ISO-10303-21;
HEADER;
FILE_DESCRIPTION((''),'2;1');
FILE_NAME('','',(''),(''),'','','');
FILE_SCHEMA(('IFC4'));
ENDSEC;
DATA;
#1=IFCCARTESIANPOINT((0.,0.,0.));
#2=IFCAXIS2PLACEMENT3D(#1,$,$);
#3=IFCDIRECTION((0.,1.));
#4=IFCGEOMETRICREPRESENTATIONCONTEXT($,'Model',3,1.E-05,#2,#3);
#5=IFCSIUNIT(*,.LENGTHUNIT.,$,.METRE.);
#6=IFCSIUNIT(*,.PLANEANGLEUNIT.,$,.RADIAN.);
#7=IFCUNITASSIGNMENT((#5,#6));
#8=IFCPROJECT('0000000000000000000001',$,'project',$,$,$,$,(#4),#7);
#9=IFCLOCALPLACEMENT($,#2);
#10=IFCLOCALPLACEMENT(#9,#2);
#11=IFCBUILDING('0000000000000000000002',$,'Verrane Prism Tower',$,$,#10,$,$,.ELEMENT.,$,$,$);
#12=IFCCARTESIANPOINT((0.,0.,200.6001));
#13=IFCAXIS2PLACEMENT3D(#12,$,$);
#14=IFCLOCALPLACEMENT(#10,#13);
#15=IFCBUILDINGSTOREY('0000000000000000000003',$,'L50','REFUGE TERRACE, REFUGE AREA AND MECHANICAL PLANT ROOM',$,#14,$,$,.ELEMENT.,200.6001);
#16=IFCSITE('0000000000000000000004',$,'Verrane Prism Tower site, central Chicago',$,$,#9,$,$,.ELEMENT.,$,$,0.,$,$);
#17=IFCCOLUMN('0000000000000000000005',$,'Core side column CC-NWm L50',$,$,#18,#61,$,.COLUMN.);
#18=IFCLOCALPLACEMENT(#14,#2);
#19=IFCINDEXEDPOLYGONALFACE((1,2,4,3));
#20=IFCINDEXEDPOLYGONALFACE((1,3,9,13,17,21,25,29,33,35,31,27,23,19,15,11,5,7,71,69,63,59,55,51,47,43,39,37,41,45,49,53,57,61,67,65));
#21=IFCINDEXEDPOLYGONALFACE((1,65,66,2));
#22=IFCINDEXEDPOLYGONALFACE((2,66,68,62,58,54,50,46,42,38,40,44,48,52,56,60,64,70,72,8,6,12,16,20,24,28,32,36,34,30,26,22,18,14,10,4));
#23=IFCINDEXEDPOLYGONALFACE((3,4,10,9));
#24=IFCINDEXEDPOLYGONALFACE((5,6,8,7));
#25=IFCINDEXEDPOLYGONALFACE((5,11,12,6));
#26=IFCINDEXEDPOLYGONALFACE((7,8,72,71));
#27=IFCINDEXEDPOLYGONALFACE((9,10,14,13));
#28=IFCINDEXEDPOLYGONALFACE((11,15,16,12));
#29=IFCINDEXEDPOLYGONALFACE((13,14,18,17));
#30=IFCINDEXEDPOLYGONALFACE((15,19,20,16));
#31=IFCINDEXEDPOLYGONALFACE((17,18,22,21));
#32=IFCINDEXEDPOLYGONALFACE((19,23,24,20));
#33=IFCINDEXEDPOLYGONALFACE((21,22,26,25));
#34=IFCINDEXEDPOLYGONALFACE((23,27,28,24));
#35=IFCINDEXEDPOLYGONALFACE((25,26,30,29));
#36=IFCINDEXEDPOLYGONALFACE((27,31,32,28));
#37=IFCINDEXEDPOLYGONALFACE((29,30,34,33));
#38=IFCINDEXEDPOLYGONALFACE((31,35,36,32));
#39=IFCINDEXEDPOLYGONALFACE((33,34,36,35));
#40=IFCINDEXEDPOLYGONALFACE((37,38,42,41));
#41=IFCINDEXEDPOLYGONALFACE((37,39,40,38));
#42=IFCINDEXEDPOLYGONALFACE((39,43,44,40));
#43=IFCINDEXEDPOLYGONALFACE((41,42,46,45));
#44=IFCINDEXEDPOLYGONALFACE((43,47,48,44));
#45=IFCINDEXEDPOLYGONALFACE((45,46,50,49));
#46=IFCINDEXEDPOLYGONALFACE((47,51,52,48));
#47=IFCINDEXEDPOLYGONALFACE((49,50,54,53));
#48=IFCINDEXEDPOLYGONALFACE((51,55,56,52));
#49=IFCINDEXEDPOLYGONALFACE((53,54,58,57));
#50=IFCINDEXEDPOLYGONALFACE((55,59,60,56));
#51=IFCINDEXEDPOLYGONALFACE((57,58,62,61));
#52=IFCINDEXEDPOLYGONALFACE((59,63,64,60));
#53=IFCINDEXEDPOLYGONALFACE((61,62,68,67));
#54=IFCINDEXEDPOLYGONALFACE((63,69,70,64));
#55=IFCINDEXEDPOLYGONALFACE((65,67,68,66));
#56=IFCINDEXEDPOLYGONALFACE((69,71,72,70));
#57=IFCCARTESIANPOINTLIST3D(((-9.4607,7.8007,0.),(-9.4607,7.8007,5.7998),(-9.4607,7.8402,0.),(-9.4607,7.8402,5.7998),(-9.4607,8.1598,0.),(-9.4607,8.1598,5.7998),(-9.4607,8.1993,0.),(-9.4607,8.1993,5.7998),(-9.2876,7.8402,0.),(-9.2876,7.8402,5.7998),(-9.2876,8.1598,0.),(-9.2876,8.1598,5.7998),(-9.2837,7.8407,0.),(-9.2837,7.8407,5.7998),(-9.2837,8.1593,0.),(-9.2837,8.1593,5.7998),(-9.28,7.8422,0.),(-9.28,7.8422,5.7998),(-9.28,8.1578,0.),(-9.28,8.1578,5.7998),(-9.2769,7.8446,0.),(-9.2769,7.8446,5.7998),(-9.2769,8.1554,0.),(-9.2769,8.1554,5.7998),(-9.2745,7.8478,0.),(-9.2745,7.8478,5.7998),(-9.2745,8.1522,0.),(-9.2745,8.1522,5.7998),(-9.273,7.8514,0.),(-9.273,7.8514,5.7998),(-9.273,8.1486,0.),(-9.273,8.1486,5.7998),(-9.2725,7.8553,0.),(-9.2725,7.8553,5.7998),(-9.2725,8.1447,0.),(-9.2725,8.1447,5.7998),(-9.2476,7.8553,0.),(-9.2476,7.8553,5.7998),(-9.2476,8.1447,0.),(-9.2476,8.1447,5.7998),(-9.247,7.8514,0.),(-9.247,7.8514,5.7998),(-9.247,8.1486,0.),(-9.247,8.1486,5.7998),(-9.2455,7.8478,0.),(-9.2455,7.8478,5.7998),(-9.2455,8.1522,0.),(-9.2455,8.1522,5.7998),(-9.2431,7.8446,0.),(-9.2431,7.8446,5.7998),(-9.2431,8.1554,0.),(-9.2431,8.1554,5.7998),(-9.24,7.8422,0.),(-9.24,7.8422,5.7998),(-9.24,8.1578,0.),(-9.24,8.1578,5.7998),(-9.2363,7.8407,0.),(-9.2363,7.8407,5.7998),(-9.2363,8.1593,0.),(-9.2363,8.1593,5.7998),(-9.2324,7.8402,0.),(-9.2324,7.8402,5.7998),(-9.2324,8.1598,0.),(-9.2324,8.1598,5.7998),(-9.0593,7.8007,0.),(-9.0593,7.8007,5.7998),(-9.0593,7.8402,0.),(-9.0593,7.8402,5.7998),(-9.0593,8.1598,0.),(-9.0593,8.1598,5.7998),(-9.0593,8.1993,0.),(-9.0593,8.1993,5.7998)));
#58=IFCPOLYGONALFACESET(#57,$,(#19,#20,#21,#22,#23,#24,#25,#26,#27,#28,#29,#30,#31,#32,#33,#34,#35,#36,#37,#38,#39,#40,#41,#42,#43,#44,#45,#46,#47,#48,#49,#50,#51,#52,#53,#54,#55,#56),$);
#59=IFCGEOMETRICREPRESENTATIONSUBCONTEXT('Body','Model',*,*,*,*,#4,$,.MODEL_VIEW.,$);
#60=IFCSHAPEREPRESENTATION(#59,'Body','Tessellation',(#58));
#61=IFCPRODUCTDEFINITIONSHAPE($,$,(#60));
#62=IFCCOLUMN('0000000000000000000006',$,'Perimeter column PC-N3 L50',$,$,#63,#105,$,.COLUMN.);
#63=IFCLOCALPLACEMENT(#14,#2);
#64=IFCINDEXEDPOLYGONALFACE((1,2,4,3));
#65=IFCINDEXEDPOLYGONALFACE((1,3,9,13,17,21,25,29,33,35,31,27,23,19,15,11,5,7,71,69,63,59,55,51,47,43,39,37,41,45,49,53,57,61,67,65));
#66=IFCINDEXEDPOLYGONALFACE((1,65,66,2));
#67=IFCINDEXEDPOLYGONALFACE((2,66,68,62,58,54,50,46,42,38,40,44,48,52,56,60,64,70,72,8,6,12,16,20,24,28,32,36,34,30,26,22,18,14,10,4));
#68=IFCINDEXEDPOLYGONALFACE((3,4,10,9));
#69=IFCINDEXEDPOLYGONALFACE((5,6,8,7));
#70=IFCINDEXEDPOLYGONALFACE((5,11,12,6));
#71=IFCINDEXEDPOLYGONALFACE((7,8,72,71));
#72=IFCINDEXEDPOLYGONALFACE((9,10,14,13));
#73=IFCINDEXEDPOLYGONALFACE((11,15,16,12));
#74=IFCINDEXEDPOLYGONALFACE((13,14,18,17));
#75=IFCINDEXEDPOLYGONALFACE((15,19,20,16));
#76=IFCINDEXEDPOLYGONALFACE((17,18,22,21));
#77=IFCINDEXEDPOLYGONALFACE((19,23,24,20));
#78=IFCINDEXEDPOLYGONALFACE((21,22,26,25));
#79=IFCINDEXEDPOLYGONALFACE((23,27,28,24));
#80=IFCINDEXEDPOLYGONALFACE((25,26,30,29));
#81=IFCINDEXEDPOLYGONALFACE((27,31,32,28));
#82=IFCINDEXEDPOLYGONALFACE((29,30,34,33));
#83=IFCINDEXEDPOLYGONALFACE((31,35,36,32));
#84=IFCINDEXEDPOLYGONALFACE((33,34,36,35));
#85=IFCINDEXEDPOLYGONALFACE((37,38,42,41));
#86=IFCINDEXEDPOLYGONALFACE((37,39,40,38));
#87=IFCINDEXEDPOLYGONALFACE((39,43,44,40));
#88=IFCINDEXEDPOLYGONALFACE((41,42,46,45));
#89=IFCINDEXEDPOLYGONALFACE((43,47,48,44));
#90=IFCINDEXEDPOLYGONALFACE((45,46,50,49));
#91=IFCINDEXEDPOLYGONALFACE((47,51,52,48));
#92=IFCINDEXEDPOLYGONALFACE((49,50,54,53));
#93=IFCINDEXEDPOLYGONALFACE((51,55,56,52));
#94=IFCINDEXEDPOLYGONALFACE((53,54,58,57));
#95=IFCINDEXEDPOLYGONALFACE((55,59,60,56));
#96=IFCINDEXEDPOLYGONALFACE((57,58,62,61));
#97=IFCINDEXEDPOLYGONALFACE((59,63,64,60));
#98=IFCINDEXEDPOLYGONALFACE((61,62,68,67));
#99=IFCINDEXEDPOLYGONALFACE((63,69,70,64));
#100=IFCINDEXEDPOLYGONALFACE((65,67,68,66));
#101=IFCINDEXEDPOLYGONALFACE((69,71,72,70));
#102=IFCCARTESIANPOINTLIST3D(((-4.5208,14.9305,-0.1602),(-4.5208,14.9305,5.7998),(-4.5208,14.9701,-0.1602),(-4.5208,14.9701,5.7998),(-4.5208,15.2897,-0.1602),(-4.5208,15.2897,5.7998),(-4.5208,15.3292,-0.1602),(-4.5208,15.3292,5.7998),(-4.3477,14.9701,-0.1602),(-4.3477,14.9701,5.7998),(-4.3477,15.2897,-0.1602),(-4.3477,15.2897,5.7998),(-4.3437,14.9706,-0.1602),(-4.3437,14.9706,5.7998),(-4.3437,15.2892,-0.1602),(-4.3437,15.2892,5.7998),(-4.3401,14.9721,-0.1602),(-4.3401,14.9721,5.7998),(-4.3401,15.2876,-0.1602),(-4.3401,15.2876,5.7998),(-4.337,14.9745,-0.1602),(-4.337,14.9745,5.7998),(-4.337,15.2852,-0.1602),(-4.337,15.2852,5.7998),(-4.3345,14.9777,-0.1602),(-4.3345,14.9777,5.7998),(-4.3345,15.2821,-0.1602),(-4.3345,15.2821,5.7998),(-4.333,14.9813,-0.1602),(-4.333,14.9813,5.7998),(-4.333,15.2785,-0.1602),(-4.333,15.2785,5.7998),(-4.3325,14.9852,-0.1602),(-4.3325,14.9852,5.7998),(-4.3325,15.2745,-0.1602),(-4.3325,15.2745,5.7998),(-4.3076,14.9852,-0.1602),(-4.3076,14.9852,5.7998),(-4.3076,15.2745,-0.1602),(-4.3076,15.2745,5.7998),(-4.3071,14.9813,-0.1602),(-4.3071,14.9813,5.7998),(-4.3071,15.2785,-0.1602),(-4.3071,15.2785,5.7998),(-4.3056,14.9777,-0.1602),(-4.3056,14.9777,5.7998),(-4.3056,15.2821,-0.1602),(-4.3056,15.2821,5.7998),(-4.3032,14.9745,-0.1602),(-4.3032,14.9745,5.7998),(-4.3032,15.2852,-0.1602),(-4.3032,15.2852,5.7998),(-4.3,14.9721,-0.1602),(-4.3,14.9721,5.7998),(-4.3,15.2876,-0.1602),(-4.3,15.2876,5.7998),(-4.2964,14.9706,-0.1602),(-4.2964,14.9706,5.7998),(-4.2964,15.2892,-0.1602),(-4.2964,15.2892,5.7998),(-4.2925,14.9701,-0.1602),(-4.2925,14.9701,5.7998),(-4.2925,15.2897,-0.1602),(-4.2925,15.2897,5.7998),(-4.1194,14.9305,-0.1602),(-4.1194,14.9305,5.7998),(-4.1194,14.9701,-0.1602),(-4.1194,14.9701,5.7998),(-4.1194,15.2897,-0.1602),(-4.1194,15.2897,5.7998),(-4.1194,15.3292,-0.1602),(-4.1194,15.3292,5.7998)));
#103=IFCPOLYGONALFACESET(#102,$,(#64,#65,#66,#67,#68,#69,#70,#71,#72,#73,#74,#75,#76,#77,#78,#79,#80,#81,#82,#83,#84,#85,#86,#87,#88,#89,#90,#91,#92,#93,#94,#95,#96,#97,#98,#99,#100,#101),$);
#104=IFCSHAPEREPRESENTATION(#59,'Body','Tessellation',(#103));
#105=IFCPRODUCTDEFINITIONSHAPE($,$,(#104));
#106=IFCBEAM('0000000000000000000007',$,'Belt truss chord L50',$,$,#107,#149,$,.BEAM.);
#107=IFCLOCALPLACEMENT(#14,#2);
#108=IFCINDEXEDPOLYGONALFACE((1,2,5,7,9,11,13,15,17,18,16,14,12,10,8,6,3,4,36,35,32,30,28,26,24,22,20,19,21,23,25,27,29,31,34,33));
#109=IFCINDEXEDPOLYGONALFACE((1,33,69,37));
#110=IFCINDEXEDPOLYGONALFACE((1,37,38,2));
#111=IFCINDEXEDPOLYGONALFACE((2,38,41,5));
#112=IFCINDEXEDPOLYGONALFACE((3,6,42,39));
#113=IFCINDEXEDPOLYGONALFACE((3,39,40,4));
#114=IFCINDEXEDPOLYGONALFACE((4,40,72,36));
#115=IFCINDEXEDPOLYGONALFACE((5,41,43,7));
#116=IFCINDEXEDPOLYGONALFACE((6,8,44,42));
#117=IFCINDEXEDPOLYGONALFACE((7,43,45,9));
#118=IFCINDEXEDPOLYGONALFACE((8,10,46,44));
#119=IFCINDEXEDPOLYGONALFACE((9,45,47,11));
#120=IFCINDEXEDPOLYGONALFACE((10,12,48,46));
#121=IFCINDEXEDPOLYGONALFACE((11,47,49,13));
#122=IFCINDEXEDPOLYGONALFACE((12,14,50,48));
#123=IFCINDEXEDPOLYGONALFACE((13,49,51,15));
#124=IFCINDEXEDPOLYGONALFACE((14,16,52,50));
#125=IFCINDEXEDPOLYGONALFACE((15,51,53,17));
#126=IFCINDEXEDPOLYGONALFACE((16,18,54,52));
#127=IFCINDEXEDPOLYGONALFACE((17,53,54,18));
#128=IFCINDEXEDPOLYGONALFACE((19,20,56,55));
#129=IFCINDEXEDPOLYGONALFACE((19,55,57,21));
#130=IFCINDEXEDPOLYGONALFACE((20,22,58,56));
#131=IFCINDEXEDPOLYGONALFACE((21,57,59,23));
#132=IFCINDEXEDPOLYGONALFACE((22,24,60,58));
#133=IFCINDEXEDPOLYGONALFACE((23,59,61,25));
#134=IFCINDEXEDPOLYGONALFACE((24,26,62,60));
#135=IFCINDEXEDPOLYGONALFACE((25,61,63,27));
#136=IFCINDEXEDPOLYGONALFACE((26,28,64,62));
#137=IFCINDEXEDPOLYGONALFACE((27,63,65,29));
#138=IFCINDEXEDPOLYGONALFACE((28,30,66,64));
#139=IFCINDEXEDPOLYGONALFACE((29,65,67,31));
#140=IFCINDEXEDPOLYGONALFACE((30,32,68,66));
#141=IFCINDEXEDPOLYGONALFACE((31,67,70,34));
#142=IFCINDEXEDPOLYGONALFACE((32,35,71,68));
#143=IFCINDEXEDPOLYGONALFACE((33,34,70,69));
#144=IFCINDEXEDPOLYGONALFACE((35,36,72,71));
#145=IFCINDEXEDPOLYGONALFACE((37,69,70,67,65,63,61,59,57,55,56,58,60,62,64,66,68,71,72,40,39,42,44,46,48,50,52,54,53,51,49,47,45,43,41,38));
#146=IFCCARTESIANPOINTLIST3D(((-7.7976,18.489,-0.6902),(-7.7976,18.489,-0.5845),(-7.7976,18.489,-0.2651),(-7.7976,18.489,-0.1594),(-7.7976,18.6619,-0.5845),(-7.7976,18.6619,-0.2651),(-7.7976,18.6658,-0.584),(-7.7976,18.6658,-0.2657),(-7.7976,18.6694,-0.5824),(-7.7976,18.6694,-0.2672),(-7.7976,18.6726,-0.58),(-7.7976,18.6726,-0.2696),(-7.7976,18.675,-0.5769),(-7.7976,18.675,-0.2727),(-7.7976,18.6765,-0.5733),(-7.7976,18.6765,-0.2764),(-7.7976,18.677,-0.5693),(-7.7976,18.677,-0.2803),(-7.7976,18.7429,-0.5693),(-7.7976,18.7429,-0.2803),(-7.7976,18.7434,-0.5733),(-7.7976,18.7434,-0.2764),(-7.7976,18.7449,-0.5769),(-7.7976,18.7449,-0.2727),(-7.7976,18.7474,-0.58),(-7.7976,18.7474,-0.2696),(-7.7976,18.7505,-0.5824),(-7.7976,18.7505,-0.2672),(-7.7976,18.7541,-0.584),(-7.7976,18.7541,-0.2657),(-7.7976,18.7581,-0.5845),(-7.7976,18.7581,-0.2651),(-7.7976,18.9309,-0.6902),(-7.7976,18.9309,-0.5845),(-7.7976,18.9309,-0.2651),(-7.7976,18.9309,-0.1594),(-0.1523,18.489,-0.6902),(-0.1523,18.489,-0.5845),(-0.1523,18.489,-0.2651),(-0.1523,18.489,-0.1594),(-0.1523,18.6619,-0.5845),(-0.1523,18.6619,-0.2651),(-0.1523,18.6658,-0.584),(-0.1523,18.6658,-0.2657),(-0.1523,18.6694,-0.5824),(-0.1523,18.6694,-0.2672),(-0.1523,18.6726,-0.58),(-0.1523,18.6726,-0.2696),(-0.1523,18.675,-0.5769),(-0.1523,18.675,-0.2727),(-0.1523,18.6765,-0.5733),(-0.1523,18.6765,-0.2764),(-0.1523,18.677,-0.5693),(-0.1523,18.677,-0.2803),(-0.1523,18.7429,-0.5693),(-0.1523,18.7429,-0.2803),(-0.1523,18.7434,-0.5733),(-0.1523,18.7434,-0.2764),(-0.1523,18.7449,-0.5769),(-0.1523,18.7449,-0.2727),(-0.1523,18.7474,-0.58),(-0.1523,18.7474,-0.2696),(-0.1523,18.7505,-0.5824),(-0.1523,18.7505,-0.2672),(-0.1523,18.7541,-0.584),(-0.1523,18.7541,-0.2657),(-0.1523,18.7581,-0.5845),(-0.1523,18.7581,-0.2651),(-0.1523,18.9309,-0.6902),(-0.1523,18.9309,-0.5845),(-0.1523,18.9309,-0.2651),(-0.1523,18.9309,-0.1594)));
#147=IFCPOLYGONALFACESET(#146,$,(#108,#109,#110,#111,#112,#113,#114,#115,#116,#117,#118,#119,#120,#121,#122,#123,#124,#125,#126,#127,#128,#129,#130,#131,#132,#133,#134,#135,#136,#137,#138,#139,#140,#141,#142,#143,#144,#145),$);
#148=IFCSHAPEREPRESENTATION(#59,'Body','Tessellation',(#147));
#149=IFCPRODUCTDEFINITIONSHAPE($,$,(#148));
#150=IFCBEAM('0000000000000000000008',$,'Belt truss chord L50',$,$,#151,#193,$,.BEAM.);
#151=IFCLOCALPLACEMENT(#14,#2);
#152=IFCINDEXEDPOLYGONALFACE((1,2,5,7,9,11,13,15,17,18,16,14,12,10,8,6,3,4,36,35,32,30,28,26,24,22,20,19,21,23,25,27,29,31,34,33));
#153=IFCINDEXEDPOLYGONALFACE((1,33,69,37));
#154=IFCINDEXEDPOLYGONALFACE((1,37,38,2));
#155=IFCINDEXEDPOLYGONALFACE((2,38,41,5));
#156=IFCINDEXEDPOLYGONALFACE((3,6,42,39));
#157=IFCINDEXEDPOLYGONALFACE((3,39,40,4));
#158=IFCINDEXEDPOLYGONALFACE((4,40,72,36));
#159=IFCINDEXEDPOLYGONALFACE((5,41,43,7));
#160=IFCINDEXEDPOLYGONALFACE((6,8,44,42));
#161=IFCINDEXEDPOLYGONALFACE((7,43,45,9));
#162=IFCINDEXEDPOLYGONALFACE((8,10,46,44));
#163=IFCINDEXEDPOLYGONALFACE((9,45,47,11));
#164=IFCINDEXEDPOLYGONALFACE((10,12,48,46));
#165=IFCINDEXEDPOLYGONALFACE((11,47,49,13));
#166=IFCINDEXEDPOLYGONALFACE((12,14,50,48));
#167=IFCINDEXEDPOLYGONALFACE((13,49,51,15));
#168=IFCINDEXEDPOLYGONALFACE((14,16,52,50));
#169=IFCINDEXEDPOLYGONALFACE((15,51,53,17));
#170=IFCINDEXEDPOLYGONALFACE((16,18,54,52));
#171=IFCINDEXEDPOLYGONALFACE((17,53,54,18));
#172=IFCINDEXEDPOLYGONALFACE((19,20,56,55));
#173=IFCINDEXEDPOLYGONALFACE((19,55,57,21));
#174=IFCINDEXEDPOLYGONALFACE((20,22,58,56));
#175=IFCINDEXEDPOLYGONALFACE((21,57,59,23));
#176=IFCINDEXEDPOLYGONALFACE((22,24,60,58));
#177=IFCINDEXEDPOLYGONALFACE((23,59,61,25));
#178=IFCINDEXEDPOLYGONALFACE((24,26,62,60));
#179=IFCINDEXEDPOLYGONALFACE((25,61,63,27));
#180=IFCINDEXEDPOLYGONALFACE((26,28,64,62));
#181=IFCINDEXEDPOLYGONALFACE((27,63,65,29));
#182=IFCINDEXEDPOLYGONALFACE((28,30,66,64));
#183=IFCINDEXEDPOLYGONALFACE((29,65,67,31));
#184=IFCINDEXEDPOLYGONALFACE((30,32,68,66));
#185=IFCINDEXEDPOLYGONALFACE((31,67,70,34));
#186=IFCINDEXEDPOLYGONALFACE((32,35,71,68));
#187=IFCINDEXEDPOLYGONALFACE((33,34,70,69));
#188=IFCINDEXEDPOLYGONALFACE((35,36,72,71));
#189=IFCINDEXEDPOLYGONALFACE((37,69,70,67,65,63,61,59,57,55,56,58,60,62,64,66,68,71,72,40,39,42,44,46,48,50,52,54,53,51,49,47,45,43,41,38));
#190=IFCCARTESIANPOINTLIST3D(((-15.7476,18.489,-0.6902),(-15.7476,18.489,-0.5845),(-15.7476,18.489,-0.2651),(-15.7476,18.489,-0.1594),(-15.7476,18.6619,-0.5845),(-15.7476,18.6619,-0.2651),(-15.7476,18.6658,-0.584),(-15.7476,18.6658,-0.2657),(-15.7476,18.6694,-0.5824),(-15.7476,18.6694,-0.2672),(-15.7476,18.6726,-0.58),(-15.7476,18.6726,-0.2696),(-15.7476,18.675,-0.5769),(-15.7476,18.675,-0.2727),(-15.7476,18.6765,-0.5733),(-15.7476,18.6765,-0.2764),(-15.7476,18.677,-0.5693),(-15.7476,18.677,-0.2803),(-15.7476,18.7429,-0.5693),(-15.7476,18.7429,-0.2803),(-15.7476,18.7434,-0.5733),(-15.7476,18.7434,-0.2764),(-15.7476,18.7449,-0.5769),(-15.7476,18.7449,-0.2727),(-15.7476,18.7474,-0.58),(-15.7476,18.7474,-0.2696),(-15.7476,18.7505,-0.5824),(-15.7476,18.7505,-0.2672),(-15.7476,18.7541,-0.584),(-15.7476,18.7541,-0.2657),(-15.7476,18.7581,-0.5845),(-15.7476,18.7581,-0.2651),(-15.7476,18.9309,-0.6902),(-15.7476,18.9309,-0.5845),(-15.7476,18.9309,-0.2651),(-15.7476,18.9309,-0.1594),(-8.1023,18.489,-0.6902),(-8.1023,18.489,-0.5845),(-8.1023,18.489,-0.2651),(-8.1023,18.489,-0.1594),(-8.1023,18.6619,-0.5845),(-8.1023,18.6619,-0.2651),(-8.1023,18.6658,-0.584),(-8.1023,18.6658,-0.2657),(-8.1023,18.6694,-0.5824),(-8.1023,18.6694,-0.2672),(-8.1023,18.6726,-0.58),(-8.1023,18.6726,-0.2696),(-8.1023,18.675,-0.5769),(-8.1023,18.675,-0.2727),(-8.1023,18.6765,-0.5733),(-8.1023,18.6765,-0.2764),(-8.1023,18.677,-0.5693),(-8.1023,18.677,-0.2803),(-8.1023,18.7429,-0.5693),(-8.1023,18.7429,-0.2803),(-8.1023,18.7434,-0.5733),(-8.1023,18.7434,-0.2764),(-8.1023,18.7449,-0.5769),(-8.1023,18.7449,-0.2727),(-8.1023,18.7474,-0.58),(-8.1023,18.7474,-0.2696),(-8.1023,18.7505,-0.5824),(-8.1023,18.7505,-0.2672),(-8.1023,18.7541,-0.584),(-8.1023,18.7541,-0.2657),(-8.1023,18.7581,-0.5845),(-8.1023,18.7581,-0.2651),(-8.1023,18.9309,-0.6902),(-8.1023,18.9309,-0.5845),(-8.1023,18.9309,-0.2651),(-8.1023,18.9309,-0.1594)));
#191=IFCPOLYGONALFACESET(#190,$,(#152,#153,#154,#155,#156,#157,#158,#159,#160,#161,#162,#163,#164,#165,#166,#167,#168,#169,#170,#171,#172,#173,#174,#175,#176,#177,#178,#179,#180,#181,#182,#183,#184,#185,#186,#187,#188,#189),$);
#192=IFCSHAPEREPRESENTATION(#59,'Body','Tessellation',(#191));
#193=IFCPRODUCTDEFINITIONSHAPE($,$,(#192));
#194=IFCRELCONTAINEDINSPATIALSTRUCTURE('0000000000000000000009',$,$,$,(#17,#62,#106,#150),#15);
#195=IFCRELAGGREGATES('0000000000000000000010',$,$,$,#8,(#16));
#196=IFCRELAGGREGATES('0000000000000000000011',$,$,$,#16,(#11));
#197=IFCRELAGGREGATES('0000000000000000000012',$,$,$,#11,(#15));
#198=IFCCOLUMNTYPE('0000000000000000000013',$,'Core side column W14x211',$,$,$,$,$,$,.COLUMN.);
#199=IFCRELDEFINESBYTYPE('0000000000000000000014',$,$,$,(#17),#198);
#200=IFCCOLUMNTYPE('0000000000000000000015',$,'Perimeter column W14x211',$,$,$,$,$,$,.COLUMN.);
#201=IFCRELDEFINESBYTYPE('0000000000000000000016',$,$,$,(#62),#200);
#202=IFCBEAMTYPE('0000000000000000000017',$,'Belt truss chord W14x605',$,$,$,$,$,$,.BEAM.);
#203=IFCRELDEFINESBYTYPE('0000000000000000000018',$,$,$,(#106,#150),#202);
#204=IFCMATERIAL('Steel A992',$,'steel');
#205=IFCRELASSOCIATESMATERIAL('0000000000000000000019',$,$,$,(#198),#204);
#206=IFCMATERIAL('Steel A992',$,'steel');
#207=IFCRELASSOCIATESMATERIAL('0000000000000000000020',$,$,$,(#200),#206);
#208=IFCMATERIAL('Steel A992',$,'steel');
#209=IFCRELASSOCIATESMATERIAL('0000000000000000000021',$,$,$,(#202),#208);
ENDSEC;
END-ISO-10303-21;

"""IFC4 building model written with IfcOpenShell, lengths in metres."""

from ifc_helpers import new_model, si_unit, direction, frame, origin, origin_2d, place, context, subcontext, project, spatial, i_section, extrude, material, material_profile, profile_set, type_object, element, save


model = new_model("IFC4")

# Units and contexts
model_context = context("Model", 3, precision=1e-05, world=origin(), true_north=direction((0.0, 1.0)))
body_context = subcontext(model_context, "Body", "Model", "MODEL_VIEW")
ifc_project = project(units=[si_unit("LENGTHUNIT", "METRE"), si_unit("PLANEANGLEUNIT", "RADIAN")], contexts=[model_context])

# Site, building, storey
site_placement = place(None, origin())
site = spatial("IfcSite", under=ifc_project, at=site_placement, Name="Verrane Prism Tower site, central Chicago", CompositionType="ELEMENT", RefElevation=0.0)
building_placement = place(site_placement, origin())
building = spatial("IfcBuilding", under=site, at=building_placement, Name="Verrane Prism Tower", CompositionType="ELEMENT")
storey_placement = place(building_placement, frame((0.0, 0.0, 200.6001)))
storey = spatial("IfcBuildingStorey", under=building, at=storey_placement, Name="L50", Description="REFUGE TERRACE, REFUGE AREA AND MECHANICAL PLANT ROOM", CompositionType="ELEMENT", Elevation=200.6001)

# Columns
ifc_material_1 = material(Name="Steel A992", Category="steel")
ifc_material_profile_1 = material_profile(ifc_material_1, i_section(OverallWidth=0.4014, OverallDepth=0.3987, WebThickness=0.0249, FlangeThickness=0.0396, FilletRadius=0.0151, at=origin_2d()), Name="W14x211")
ifc_profile_set_1 = profile_set([ifc_material_profile_1], Name="Steel A992")
column_type_1 = type_object("IfcColumnType", Name="Core side column W14x211", PredefinedType="COLUMN", material=ifc_profile_set_1)
for number, where, z_axis, x_axis, name in (
    (1, (-9.26, 8.0, 0.0), (0.0, 0.0, 1.0), (1.0, 0.0, 0.0), "Core side column CC-NWm L50"),
):
    element("IfcColumn", number, at=place(storey_placement, frame(where, z_axis=z_axis, x_axis=x_axis)), inside=storey, type_object=column_type_1, Name=name, PredefinedType="COLUMN", context=body_context, shape_type="SweptSolid", body=[
        extrude(i_section(OverallWidth=0.4014, OverallDepth=0.3987, WebThickness=0.0249, FlangeThickness=0.0396, FilletRadius=0.0151, at=origin_2d()), origin(), (0.0, 0.0, 1.0), 5.7998),
    ])
ifc_material_2 = material(Name="Steel A992", Category="steel")
ifc_material_profile_2 = material_profile(ifc_material_2, i_section(OverallWidth=0.4014, OverallDepth=0.3987, WebThickness=0.0249, FlangeThickness=0.0396, FilletRadius=0.0151, at=origin_2d()), Name="W14x211")
ifc_profile_set_2 = profile_set([ifc_material_profile_2], Name="Steel A992")
column_type_2 = type_object("IfcColumnType", Name="Perimeter column W14x211", PredefinedType="COLUMN", material=ifc_profile_set_2)
column_placement = place(storey_placement, frame((-4.3201, 15.1299, -0.1602), z_axis=(0.0, 0.0, 1.0), x_axis=(1.0, 0.0, 0.0)))
element("IfcColumn", 2, at=column_placement, inside=storey, type_object=column_type_2, Name="Perimeter column PC-N3 L50", PredefinedType="COLUMN", context=body_context, shape_type="SweptSolid", body=[
    extrude(i_section(OverallWidth=0.4014, OverallDepth=0.3987, WebThickness=0.0249, FlangeThickness=0.0396, FilletRadius=0.0151, at=origin_2d()), origin(), (0.0, 0.0, 1.0), 5.96),
])

# Beams
ifc_material_3 = material(Name="Steel A992", Category="steel")
ifc_material_profile_3 = material_profile(ifc_material_3, i_section(OverallWidth=0.4419, OverallDepth=0.5308, WebThickness=0.0659, FlangeThickness=0.1057, FilletRadius=0.0151, at=origin_2d()), Name="W14x605")
ifc_profile_set_3 = profile_set([ifc_material_profile_3], Name="Steel A992")
beam_type_1 = type_object("IfcBeamType", Name="Belt truss chord W14x605", PredefinedType="BEAM", material=ifc_profile_set_3)
for number, where, z_axis, x_axis, name in (
    (3, (-0.1523, 18.71, -0.4248), (-1.0, 0.0, 0.0), (0.0, -1.0, 0.0), "Belt truss chord L50"),
    (4, (-8.1023, 18.71, -0.4248), (-1.0, 0.0, 0.0), (0.0, -1.0, 0.0), "Belt truss chord L50"),
):
    element("IfcBeam", number, at=place(storey_placement, frame(where, z_axis=z_axis, x_axis=x_axis)), inside=storey, type_object=beam_type_1, Name=name, PredefinedType="BEAM", context=body_context, shape_type="SweptSolid", body=[
        extrude(i_section(OverallWidth=0.4419, OverallDepth=0.5308, WebThickness=0.0659, FlangeThickness=0.1057, FilletRadius=0.0151, at=origin_2d()), origin(), (0.0, 0.0, 1.0), 7.6453),
    ])

save(model, "model.ifc")
